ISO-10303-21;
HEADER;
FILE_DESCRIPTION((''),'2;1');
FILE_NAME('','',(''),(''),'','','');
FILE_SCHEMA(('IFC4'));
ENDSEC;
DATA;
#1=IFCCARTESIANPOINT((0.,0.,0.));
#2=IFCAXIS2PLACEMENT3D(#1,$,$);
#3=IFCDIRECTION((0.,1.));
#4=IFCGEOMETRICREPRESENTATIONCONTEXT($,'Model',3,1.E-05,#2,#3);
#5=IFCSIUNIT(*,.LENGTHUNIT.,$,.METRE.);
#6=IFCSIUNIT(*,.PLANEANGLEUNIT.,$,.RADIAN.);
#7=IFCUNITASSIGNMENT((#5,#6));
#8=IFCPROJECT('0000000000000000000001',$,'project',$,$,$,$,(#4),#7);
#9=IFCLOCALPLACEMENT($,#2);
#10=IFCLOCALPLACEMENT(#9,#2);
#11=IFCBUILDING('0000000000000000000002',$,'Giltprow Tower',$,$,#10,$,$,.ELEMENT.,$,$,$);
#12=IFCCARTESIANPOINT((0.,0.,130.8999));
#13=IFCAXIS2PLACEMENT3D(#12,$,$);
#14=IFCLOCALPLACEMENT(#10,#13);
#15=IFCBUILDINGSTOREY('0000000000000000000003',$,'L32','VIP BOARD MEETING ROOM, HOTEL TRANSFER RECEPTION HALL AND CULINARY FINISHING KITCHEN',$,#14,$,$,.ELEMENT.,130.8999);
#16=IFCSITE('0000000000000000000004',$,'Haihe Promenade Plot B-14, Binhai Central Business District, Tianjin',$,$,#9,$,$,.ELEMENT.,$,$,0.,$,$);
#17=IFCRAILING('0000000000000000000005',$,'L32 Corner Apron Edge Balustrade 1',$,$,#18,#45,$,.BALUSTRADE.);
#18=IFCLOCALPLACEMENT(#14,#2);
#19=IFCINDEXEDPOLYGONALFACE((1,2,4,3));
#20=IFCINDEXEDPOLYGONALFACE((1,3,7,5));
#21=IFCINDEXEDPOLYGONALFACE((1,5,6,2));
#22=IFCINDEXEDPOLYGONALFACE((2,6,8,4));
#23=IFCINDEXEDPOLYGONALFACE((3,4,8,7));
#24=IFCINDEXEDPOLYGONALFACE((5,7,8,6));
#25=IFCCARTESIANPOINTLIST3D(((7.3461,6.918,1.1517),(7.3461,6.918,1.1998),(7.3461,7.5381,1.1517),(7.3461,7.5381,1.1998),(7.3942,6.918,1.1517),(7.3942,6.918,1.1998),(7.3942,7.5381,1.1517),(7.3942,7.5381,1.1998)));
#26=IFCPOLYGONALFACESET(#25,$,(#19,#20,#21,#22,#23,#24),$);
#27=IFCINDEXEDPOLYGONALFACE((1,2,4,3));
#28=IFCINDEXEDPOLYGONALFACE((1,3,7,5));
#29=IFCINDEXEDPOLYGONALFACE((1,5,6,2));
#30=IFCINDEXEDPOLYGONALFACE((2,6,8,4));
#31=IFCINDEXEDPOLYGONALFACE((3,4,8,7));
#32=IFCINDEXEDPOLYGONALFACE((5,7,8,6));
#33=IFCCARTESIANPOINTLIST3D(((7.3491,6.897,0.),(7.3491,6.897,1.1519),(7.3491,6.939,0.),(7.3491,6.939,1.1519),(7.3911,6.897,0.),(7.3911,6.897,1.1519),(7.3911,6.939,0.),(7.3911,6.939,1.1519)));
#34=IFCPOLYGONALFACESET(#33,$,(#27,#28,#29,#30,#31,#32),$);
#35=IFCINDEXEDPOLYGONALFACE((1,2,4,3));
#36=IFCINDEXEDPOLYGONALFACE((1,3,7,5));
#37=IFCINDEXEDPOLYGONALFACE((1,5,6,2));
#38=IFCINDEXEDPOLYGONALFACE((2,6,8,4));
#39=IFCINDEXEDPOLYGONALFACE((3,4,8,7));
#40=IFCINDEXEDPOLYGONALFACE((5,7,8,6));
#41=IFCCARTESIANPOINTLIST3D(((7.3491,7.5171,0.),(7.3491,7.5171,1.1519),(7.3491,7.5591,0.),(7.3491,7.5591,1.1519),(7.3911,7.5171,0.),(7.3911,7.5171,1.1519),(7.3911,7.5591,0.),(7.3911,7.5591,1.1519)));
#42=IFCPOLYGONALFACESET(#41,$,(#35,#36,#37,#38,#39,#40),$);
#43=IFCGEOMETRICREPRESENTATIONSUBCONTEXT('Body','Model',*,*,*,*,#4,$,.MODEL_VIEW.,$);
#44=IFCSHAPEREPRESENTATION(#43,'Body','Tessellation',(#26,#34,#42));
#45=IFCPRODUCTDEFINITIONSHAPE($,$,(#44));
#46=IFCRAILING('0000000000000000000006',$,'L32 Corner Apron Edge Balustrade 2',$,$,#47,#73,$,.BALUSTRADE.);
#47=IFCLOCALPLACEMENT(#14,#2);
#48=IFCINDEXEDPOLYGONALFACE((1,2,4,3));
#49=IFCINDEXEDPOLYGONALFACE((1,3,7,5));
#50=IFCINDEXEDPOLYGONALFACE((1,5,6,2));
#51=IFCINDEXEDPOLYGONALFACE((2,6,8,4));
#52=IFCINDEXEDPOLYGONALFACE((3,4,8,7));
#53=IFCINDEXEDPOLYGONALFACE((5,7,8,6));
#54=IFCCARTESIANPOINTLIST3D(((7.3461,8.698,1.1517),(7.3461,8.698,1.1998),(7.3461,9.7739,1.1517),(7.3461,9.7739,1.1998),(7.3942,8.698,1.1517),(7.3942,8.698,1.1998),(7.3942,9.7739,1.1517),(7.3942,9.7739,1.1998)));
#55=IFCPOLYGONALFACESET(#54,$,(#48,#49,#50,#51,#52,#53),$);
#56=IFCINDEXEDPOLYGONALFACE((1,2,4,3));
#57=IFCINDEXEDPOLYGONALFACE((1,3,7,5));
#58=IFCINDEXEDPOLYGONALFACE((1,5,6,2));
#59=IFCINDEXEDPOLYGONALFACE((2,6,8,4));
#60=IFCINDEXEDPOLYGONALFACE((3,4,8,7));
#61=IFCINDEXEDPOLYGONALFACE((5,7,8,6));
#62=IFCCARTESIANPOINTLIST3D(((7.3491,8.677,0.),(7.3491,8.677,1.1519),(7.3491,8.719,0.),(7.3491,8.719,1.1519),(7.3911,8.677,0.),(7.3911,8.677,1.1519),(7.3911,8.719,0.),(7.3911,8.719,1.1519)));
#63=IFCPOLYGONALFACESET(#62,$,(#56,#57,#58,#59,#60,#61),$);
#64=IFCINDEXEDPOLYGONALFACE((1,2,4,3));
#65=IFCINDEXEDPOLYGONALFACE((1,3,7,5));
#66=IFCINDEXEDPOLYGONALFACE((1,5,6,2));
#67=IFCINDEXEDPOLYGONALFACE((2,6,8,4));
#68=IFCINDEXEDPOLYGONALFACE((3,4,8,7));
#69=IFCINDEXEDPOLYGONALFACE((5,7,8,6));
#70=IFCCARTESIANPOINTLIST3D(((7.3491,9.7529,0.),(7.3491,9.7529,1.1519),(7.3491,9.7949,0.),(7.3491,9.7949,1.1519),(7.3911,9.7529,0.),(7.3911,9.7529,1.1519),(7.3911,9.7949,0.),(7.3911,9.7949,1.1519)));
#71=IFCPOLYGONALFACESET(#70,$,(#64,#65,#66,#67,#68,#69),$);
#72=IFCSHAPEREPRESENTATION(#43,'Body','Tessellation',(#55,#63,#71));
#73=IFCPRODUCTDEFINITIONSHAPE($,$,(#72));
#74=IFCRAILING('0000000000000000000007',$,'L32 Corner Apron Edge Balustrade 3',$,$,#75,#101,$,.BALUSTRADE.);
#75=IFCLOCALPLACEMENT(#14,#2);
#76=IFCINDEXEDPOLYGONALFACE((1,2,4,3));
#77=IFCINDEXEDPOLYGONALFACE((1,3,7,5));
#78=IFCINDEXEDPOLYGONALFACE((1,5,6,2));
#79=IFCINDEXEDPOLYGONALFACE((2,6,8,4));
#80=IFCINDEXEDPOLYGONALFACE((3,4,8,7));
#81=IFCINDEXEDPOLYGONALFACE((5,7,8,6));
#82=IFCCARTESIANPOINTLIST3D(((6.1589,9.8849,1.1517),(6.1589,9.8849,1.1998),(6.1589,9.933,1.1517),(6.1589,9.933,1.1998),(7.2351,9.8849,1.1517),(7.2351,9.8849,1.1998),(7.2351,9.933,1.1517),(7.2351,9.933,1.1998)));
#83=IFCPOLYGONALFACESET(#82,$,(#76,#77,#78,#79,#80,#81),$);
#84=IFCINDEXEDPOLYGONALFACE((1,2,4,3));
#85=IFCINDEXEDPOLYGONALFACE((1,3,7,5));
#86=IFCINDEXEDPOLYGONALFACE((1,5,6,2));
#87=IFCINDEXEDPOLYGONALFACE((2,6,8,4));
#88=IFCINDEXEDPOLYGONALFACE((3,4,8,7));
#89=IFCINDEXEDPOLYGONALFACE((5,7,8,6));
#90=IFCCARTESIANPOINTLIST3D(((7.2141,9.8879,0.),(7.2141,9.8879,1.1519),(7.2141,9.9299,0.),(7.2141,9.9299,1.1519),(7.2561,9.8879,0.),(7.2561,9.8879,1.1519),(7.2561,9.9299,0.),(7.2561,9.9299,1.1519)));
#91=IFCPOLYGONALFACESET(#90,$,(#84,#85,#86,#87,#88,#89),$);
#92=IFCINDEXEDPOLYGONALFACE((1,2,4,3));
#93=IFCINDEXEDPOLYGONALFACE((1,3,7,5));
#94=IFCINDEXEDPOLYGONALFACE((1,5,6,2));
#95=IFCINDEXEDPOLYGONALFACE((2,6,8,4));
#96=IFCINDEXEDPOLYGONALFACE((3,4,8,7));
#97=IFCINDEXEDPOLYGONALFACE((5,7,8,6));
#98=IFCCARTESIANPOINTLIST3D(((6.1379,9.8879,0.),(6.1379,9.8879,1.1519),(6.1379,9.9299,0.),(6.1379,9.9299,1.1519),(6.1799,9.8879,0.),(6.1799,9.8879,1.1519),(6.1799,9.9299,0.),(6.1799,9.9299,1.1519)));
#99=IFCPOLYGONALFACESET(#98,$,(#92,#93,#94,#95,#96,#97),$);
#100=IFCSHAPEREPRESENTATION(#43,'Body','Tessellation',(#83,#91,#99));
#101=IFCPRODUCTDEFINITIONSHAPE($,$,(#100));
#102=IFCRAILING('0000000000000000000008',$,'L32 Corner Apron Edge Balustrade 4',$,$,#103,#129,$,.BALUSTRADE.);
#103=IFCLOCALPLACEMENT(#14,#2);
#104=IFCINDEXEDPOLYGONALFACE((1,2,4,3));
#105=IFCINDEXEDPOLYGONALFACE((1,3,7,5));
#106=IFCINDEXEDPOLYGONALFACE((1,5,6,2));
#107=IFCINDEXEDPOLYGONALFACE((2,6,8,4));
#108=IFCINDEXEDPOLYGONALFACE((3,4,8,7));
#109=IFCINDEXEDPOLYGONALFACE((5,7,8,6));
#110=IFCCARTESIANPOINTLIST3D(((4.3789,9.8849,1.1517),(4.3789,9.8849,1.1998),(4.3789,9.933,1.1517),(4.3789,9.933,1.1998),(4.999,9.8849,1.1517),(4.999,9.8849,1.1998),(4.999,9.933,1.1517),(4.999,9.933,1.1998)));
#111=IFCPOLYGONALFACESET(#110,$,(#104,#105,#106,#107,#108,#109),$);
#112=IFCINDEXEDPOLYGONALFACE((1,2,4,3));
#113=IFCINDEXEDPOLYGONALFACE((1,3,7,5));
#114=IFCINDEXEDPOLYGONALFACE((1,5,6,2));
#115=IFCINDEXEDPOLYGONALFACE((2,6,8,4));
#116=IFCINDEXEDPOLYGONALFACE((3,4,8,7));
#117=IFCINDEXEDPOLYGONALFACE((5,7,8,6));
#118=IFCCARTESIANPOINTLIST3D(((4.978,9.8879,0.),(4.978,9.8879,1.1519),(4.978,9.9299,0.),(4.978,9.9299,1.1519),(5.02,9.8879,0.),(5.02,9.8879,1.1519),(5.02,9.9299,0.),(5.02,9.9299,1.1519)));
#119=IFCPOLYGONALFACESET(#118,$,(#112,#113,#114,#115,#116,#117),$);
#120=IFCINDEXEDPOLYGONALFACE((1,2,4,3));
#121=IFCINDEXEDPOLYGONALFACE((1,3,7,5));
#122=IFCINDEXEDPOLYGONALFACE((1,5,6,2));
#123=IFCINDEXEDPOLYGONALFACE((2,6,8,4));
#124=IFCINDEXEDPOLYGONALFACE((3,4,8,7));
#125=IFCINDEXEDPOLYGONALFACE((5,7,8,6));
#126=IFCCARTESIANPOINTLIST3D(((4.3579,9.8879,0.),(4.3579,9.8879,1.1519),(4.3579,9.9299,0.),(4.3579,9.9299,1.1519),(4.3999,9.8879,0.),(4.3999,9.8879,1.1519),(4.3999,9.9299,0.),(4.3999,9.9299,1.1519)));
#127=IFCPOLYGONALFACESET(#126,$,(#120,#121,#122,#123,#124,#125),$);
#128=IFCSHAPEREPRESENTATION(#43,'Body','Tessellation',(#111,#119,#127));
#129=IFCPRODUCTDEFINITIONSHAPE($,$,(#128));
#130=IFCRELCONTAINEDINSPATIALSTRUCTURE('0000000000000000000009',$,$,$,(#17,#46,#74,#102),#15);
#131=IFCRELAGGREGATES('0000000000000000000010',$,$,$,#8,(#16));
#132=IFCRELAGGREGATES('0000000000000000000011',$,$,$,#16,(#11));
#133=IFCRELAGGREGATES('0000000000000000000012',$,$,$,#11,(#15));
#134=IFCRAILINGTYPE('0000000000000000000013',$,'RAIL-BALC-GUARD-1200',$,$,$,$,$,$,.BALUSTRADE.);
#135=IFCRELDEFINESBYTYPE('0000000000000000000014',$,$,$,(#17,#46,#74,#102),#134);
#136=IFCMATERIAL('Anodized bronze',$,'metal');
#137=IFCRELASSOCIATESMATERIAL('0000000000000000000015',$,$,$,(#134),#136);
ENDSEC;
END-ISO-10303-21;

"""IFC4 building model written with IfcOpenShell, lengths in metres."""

from ifc_helpers import new_model, si_unit, direction, frame, origin, origin_2d, place, context, subcontext, project, spatial, rectangle, extrude, material, type_object, element, save


model = new_model("IFC4")

# Units and contexts
model_context = context("Model", 3, precision=1e-05, world=origin(), true_north=direction((0.0, 1.0)))
body_context = subcontext(model_context, "Body", "Model", "MODEL_VIEW")
ifc_project = project(units=[si_unit("LENGTHUNIT", "METRE"), si_unit("PLANEANGLEUNIT", "RADIAN")], contexts=[model_context])

# Site, building, storey
site_placement = place(None, origin())
site = spatial("IfcSite", under=ifc_project, at=site_placement, Name="Haihe Promenade Plot B-14, Binhai Central Business District, Tianjin", CompositionType="ELEMENT", RefElevation=0.0)
building_placement = place(site_placement, origin())
building = spatial("IfcBuilding", under=site, at=building_placement, Name="Giltprow Tower", CompositionType="ELEMENT")
storey_placement = place(building_placement, frame((0.0, 0.0, 130.8999)))
storey = spatial("IfcBuildingStorey", under=building, at=storey_placement, Name="L32", Description="VIP BOARD MEETING ROOM, HOTEL TRANSFER RECEPTION HALL AND CULINARY FINISHING KITCHEN", CompositionType="ELEMENT", Elevation=130.8999)

# Shared definitions
ifc_material_1 = material(Name="Anodized bronze", Category="metal")

# Railings
railing_type = type_object("IfcRailingType", Name="RAIL-BALC-GUARD-1200", PredefinedType="BALUSTRADE", material=ifc_material_1)
railing_1_placement = place(storey_placement, frame((7.3701, 6.918, 0.0)))
element("IfcRailing", 1, at=railing_1_placement, inside=storey, type_object=railing_type, Name="L32 Corner Apron Edge Balustrade 1", PredefinedType="BALUSTRADE", context=body_context, shape_type="SweptSolid", body=[
    extrude(rectangle(XDim=0.0481, YDim=0.0481, at=origin_2d()), frame((0.0, 0.0, 1.1758), z_axis=(0.0, 1.0, 0.0), x_axis=(-1.0, 0.0, 0.0)), (0.0, 0.0, 1.0), 0.6201),
    extrude(rectangle(XDim=0.042, YDim=0.042, at=origin_2d()), origin(), (0.0, 0.0, 1.0), 1.1519),
    extrude(rectangle(XDim=0.042, YDim=0.042, at=origin_2d()), frame((0.0, 0.6201, 0.0)), (0.0, 0.0, 1.0), 1.1519),
])
railing_2_placement = place(storey_placement, frame((7.3701, 8.698, 0.0)))
element("IfcRailing", 2, at=railing_2_placement, inside=storey, type_object=railing_type, Name="L32 Corner Apron Edge Balustrade 2", PredefinedType="BALUSTRADE", context=body_context, shape_type="SweptSolid", body=[
    extrude(rectangle(XDim=0.0481, YDim=0.0481, at=origin_2d()), frame((0.0, 0.0, 1.1758), z_axis=(0.0, 1.0, 0.0), x_axis=(-1.0, 0.0, 0.0)), (0.0, 0.0, 1.0), 1.0759),
    extrude(rectangle(XDim=0.042, YDim=0.042, at=origin_2d()), origin(), (0.0, 0.0, 1.0), 1.1519),
    extrude(rectangle(XDim=0.042, YDim=0.042, at=origin_2d()), frame((0.0, 1.0759, 0.0)), (0.0, 0.0, 1.0), 1.1519),
])
railing_3_placement = place(storey_placement, frame((7.2351, 9.9089, 0.0)))
element("IfcRailing", 3, at=railing_3_placement, inside=storey, type_object=railing_type, Name="L32 Corner Apron Edge Balustrade 3", PredefinedType="BALUSTRADE", context=body_context, shape_type="SweptSolid", body=[
    extrude(rectangle(XDim=0.0481, YDim=0.0481, at=origin_2d()), frame((0.0, 0.0, 1.1758), z_axis=(-1.0, 0.0, 0.0), x_axis=(0.0, -1.0, 0.0)), (0.0, 0.0, 1.0), 1.0762),
    extrude(rectangle(XDim=0.042, YDim=0.042, at=origin_2d()), origin(), (0.0, 0.0, 1.0), 1.1519),
    extrude(rectangle(XDim=0.042, YDim=0.042, at=origin_2d()), frame((-1.0762, 0.0, 0.0)), (0.0, 0.0, 1.0), 1.1519),
])
railing_4_placement = place(storey_placement, frame((4.999, 9.9089, 0.0)))
element("IfcRailing", 4, at=railing_4_placement, inside=storey, type_object=railing_type, Name="L32 Corner Apron Edge Balustrade 4", PredefinedType="BALUSTRADE", context=body_context, shape_type="SweptSolid", body=[
    extrude(rectangle(XDim=0.0481, YDim=0.0481, at=origin_2d()), frame((0.0, 0.0, 1.1758), z_axis=(-1.0, 0.0, 0.0), x_axis=(0.0, -1.0, 0.0)), (0.0, 0.0, 1.0), 0.6201),
    extrude(rectangle(XDim=0.042, YDim=0.042, at=origin_2d()), origin(), (0.0, 0.0, 1.0), 1.1519),
    extrude(rectangle(XDim=0.042, YDim=0.042, at=origin_2d()), frame((-0.6201, 0.0, 0.0)), (0.0, 0.0, 1.0), 1.1519),
])

save(model, "model.ifc")
